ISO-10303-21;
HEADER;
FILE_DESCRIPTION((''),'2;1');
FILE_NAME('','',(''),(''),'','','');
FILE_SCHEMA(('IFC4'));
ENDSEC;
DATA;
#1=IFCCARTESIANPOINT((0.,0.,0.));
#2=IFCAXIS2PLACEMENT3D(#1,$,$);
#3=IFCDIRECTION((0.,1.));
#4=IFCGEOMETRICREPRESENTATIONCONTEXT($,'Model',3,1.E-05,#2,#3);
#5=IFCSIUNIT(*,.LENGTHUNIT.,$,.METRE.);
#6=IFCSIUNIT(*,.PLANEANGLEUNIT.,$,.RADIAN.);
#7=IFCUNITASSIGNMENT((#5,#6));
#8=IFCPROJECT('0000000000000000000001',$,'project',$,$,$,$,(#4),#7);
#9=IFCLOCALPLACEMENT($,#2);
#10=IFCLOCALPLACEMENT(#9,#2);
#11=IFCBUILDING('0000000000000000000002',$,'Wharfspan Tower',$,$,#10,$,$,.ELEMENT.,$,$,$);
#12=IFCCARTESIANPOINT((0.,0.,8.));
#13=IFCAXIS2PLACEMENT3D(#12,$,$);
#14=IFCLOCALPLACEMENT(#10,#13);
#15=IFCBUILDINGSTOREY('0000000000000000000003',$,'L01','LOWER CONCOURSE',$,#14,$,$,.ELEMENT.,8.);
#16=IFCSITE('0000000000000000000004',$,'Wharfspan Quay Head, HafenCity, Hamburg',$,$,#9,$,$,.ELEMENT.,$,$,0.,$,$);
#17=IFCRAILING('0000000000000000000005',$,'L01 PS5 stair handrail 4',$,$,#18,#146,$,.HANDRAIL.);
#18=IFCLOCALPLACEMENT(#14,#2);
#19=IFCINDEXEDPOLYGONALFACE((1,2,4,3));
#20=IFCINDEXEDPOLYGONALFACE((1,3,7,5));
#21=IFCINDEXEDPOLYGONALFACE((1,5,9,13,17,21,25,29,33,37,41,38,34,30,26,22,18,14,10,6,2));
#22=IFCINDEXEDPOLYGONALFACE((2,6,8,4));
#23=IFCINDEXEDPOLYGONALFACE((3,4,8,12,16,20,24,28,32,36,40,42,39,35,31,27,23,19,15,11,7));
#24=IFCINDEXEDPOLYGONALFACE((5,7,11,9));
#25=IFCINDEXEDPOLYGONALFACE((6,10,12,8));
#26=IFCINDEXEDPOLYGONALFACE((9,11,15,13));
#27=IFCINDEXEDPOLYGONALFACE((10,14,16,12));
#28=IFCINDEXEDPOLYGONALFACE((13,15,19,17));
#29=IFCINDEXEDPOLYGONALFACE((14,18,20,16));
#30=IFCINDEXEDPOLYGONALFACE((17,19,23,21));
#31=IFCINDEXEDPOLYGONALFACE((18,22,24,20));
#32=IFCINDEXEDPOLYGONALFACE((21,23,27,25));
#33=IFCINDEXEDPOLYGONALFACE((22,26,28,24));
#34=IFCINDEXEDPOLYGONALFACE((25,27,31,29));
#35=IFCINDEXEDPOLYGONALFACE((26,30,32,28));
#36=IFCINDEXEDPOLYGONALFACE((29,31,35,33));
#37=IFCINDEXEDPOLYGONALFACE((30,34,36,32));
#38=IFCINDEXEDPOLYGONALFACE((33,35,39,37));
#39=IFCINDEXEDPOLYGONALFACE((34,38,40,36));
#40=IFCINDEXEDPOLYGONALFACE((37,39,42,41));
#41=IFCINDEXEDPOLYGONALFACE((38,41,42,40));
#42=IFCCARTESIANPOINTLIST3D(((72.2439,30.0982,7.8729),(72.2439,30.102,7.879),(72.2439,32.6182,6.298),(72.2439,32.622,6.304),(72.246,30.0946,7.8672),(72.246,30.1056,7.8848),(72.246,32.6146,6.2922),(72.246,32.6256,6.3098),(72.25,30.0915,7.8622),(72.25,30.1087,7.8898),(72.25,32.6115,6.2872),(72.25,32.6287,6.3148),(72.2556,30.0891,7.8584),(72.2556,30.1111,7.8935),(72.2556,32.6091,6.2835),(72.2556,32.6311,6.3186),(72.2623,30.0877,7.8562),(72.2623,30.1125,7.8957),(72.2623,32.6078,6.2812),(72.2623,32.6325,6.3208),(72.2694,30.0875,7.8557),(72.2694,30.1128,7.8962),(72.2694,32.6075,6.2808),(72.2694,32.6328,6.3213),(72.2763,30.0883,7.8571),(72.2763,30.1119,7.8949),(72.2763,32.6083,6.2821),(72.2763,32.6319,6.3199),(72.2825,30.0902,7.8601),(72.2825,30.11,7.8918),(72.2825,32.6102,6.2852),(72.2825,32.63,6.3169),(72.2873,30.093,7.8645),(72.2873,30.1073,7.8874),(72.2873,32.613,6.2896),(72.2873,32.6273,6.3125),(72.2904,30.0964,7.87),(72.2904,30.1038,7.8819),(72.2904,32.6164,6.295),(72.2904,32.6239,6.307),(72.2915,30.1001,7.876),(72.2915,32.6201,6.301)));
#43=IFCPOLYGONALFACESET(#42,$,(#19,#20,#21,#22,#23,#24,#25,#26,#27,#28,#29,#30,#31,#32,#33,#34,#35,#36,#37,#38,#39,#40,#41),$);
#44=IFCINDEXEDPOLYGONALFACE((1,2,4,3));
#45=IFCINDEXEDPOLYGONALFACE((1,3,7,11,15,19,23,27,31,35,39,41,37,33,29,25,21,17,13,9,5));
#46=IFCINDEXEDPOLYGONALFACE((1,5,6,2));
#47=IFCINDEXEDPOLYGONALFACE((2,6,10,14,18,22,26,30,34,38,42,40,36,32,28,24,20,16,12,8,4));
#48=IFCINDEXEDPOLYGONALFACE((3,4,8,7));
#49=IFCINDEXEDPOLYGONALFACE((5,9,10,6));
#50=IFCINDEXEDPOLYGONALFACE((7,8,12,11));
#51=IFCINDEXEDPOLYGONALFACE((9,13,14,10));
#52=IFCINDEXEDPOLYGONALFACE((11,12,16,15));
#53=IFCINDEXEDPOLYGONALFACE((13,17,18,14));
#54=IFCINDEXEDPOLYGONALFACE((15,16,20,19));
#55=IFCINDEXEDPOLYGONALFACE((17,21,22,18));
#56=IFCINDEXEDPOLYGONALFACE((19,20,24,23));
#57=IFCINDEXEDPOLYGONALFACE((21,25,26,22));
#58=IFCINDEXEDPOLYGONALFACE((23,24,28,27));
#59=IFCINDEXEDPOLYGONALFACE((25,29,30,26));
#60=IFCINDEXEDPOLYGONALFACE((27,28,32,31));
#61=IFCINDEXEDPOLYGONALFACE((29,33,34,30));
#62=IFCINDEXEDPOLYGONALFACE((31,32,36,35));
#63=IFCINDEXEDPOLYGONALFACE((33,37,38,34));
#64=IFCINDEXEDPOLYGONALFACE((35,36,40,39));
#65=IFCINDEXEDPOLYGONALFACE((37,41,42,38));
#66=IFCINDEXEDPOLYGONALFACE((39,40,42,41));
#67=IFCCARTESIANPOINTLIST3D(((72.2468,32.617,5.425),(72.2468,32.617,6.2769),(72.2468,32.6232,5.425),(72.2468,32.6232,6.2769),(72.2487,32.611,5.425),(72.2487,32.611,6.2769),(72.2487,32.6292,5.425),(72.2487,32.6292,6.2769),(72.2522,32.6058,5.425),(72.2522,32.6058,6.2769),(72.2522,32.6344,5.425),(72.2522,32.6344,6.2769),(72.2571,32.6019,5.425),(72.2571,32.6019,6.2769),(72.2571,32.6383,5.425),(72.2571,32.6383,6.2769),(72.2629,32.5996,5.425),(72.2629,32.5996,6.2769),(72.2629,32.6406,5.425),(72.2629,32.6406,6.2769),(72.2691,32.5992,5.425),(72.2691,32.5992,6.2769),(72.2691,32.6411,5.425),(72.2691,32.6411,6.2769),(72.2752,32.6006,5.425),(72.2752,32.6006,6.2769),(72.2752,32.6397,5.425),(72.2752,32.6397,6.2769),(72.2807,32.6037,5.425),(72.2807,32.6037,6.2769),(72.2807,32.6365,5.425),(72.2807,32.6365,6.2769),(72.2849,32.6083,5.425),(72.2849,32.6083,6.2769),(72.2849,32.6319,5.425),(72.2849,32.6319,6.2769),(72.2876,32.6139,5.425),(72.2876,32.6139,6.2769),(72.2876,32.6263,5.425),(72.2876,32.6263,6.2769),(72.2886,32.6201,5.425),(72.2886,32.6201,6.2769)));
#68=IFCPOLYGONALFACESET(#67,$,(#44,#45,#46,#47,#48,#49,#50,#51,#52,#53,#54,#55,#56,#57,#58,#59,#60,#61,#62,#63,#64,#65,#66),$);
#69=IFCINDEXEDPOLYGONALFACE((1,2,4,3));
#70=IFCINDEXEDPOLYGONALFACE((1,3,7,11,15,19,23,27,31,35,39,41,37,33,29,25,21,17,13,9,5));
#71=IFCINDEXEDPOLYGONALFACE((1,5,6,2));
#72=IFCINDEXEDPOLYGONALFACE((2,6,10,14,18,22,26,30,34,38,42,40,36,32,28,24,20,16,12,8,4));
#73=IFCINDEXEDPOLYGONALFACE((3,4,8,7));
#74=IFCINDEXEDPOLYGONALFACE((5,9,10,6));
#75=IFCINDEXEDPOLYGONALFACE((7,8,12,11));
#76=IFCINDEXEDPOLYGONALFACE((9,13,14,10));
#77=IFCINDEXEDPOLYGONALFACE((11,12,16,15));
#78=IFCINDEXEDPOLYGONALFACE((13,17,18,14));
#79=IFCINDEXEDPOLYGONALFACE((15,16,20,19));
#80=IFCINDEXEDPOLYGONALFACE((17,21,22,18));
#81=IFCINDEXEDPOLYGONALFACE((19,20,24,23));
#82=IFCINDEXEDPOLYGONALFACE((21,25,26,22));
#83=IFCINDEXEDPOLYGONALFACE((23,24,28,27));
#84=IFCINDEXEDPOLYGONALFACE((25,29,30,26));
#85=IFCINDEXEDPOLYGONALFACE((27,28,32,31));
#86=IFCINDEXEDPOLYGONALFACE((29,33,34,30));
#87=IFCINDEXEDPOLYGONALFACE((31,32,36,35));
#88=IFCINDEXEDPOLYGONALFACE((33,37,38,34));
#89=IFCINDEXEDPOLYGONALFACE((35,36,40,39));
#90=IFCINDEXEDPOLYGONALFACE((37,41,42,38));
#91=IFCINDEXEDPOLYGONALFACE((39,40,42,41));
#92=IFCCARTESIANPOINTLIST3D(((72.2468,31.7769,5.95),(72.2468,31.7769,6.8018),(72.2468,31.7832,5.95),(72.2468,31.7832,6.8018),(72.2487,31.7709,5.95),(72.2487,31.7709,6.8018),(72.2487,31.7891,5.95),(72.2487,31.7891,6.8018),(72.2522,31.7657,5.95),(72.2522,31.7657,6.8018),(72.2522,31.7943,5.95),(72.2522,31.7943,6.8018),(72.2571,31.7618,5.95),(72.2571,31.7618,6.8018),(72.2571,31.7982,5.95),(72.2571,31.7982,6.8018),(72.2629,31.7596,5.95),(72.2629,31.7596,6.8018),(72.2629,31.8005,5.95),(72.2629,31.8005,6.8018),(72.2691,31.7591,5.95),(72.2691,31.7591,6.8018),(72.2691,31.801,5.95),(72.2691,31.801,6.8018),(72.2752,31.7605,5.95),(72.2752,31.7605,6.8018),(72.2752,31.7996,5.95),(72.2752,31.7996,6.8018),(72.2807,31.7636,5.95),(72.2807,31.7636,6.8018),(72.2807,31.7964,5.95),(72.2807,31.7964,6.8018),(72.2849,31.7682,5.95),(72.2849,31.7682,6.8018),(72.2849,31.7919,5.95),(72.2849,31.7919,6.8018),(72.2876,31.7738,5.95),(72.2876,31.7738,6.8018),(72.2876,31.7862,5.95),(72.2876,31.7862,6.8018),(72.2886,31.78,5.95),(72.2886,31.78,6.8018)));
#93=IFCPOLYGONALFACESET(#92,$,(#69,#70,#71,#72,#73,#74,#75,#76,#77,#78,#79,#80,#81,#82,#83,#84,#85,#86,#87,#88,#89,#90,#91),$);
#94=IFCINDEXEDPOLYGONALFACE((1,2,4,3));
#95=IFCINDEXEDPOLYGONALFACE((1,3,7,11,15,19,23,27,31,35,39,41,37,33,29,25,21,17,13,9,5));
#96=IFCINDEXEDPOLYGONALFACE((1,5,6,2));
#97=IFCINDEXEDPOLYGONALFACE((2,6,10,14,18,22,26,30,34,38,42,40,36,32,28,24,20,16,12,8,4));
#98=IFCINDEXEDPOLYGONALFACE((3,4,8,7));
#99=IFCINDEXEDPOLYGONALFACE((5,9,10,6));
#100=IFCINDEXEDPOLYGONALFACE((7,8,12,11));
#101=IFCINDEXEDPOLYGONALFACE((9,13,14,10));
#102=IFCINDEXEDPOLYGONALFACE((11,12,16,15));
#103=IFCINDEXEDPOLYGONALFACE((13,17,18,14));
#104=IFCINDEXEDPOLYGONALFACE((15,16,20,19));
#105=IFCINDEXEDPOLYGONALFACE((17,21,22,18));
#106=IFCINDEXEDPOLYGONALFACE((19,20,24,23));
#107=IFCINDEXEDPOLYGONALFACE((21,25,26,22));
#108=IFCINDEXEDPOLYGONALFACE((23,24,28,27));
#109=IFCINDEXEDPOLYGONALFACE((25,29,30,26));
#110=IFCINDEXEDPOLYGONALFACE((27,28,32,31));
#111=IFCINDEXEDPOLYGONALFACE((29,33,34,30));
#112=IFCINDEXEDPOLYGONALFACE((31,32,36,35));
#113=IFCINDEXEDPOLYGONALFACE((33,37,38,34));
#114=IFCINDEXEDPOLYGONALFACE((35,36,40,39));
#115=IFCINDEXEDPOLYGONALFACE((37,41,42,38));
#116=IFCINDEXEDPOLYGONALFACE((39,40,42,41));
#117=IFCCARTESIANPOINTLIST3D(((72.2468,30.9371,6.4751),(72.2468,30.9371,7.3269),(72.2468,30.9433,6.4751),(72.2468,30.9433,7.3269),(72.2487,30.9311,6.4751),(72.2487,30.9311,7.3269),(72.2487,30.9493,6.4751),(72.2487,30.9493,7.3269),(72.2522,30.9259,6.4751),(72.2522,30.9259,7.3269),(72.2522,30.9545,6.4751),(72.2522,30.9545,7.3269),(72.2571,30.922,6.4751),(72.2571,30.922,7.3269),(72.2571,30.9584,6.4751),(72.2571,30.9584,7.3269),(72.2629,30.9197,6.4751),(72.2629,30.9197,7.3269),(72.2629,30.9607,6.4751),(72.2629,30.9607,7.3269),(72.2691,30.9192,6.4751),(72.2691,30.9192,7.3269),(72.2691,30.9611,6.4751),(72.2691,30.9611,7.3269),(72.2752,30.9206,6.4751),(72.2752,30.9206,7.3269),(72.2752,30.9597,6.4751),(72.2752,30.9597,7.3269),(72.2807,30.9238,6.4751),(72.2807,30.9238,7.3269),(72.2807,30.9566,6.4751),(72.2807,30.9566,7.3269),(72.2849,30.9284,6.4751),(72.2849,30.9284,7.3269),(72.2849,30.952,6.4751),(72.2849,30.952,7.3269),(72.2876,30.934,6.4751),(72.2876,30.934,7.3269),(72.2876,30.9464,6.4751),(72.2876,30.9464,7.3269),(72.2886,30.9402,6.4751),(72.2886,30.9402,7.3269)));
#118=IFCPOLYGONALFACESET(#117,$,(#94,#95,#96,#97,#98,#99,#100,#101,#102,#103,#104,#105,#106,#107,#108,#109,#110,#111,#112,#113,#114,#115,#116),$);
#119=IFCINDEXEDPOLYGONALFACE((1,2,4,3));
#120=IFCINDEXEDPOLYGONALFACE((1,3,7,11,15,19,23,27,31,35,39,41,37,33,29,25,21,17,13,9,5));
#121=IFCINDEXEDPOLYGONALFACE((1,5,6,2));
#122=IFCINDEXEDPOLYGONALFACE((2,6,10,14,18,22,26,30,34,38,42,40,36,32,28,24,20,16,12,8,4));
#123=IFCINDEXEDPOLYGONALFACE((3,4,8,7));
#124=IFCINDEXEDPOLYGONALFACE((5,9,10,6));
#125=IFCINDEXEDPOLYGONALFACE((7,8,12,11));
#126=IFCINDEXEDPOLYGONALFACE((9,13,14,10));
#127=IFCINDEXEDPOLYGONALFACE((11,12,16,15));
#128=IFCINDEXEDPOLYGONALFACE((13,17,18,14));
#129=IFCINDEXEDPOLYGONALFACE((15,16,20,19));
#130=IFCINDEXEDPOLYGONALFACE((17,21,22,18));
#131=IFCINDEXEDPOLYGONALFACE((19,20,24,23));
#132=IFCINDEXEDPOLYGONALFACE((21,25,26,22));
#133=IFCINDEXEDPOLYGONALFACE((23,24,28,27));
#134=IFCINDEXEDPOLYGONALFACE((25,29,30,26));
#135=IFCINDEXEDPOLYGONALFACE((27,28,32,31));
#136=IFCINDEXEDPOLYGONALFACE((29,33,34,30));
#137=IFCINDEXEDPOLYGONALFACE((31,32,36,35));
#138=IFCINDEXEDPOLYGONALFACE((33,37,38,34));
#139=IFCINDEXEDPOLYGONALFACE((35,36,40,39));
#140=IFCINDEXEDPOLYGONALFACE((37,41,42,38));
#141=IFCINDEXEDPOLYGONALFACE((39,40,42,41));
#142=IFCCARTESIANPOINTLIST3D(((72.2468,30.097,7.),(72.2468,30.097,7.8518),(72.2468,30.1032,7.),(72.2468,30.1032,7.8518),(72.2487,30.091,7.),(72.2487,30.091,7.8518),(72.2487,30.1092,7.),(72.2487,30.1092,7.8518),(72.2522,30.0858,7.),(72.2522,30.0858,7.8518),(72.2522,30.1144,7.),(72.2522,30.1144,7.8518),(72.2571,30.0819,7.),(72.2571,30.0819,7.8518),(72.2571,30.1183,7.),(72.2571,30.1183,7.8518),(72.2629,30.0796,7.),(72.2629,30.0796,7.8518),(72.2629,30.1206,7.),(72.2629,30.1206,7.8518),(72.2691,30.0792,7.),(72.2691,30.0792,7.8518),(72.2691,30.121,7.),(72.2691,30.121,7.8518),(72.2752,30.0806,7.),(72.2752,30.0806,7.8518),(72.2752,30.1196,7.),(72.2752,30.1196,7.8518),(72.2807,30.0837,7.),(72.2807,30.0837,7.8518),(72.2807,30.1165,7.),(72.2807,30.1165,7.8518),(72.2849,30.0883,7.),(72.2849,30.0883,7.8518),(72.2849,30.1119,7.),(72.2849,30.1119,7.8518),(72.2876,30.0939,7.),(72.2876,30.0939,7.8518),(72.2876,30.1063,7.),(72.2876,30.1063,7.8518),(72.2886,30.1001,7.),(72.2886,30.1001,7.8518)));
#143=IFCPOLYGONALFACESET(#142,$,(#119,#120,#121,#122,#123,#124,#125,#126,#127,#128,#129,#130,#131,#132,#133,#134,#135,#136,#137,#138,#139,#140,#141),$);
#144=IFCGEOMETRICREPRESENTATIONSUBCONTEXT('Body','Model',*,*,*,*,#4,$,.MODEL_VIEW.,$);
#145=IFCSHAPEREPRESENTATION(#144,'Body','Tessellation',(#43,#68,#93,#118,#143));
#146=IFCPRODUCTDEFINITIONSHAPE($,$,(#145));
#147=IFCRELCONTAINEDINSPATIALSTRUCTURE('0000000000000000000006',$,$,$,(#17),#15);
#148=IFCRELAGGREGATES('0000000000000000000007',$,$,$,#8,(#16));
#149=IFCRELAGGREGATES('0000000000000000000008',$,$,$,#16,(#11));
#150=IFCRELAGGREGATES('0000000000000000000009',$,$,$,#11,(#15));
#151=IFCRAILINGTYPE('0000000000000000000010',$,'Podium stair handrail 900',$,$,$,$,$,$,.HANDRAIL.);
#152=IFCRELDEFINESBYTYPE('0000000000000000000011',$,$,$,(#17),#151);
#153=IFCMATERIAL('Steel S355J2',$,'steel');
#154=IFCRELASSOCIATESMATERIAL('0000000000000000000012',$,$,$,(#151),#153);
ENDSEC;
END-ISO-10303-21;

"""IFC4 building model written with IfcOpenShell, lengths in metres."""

from ifc_helpers import new_model, si_unit, direction, frame, origin, origin_2d, place, context, subcontext, project, spatial, circle, extrude, material, type_object, element, save


model = new_model("IFC4")

# Units and contexts
model_context = context("Model", 3, precision=1e-05, world=origin(), true_north=direction((0.0, 1.0)))
body_context = subcontext(model_context, "Body", "Model", "MODEL_VIEW")
ifc_project = project(units=[si_unit("LENGTHUNIT", "METRE"), si_unit("PLANEANGLEUNIT", "RADIAN")], contexts=[model_context])

# Site, building, storey
site_placement = place(None, origin())
site = spatial("IfcSite", under=ifc_project, at=site_placement, Name="Wharfspan Quay Head, HafenCity, Hamburg", CompositionType="ELEMENT", RefElevation=0.0)
building_placement = place(site_placement, origin())
building = spatial("IfcBuilding", under=site, at=building_placement, Name="Wharfspan Tower", CompositionType="ELEMENT")
storey_placement = place(building_placement, frame((0.0, 0.0, 8.0)))
storey = spatial("IfcBuildingStorey", under=building, at=storey_placement, Name="L01", Description="LOWER CONCOURSE", CompositionType="ELEMENT", Elevation=8.0)

# Railing
ifc_material_1 = material(Name="Steel S355J2", Category="steel")
railing_type_1 = type_object("IfcRailingType", Name="Podium stair handrail 900", PredefinedType="HANDRAIL", material=ifc_material_1)
for number, where, name in (
    (1, (72.2676, 32.6201, 5.425), "L01 PS5 stair handrail 4"),
):
    element("IfcRailing", number, at=place(storey_placement, frame(where)), inside=storey, type_object=railing_type_1, Name=name, PredefinedType="HANDRAIL", context=body_context, shape_type="SweptSolid", body=[
        extrude(circle(Radius=0.0239, at=origin_2d()), frame((0.0, 0.0, 0.876), z_axis=(0.0, -0.848008, 0.529984), x_axis=(1.0, 0.0, 0.0)), (0.0, 0.0, 1.0), 2.9717),
        extrude(circle(Radius=0.021, at=origin_2d()), origin(), (0.0, 0.0, 1.0), 0.8518),
        extrude(circle(Radius=0.021, at=origin_2d()), frame((0.0, -0.8401, 0.5249)), (0.0, 0.0, 1.0), 0.8518),
        extrude(circle(Radius=0.021, at=origin_2d()), frame((0.0, -1.6799, 1.05)), (0.0, 0.0, 1.0), 0.8518),
        extrude(circle(Radius=0.021, at=origin_2d()), frame((0.0, -2.52, 1.575)), (0.0, 0.0, 1.0), 0.8518),
    ])

save(model, "model.ifc")
